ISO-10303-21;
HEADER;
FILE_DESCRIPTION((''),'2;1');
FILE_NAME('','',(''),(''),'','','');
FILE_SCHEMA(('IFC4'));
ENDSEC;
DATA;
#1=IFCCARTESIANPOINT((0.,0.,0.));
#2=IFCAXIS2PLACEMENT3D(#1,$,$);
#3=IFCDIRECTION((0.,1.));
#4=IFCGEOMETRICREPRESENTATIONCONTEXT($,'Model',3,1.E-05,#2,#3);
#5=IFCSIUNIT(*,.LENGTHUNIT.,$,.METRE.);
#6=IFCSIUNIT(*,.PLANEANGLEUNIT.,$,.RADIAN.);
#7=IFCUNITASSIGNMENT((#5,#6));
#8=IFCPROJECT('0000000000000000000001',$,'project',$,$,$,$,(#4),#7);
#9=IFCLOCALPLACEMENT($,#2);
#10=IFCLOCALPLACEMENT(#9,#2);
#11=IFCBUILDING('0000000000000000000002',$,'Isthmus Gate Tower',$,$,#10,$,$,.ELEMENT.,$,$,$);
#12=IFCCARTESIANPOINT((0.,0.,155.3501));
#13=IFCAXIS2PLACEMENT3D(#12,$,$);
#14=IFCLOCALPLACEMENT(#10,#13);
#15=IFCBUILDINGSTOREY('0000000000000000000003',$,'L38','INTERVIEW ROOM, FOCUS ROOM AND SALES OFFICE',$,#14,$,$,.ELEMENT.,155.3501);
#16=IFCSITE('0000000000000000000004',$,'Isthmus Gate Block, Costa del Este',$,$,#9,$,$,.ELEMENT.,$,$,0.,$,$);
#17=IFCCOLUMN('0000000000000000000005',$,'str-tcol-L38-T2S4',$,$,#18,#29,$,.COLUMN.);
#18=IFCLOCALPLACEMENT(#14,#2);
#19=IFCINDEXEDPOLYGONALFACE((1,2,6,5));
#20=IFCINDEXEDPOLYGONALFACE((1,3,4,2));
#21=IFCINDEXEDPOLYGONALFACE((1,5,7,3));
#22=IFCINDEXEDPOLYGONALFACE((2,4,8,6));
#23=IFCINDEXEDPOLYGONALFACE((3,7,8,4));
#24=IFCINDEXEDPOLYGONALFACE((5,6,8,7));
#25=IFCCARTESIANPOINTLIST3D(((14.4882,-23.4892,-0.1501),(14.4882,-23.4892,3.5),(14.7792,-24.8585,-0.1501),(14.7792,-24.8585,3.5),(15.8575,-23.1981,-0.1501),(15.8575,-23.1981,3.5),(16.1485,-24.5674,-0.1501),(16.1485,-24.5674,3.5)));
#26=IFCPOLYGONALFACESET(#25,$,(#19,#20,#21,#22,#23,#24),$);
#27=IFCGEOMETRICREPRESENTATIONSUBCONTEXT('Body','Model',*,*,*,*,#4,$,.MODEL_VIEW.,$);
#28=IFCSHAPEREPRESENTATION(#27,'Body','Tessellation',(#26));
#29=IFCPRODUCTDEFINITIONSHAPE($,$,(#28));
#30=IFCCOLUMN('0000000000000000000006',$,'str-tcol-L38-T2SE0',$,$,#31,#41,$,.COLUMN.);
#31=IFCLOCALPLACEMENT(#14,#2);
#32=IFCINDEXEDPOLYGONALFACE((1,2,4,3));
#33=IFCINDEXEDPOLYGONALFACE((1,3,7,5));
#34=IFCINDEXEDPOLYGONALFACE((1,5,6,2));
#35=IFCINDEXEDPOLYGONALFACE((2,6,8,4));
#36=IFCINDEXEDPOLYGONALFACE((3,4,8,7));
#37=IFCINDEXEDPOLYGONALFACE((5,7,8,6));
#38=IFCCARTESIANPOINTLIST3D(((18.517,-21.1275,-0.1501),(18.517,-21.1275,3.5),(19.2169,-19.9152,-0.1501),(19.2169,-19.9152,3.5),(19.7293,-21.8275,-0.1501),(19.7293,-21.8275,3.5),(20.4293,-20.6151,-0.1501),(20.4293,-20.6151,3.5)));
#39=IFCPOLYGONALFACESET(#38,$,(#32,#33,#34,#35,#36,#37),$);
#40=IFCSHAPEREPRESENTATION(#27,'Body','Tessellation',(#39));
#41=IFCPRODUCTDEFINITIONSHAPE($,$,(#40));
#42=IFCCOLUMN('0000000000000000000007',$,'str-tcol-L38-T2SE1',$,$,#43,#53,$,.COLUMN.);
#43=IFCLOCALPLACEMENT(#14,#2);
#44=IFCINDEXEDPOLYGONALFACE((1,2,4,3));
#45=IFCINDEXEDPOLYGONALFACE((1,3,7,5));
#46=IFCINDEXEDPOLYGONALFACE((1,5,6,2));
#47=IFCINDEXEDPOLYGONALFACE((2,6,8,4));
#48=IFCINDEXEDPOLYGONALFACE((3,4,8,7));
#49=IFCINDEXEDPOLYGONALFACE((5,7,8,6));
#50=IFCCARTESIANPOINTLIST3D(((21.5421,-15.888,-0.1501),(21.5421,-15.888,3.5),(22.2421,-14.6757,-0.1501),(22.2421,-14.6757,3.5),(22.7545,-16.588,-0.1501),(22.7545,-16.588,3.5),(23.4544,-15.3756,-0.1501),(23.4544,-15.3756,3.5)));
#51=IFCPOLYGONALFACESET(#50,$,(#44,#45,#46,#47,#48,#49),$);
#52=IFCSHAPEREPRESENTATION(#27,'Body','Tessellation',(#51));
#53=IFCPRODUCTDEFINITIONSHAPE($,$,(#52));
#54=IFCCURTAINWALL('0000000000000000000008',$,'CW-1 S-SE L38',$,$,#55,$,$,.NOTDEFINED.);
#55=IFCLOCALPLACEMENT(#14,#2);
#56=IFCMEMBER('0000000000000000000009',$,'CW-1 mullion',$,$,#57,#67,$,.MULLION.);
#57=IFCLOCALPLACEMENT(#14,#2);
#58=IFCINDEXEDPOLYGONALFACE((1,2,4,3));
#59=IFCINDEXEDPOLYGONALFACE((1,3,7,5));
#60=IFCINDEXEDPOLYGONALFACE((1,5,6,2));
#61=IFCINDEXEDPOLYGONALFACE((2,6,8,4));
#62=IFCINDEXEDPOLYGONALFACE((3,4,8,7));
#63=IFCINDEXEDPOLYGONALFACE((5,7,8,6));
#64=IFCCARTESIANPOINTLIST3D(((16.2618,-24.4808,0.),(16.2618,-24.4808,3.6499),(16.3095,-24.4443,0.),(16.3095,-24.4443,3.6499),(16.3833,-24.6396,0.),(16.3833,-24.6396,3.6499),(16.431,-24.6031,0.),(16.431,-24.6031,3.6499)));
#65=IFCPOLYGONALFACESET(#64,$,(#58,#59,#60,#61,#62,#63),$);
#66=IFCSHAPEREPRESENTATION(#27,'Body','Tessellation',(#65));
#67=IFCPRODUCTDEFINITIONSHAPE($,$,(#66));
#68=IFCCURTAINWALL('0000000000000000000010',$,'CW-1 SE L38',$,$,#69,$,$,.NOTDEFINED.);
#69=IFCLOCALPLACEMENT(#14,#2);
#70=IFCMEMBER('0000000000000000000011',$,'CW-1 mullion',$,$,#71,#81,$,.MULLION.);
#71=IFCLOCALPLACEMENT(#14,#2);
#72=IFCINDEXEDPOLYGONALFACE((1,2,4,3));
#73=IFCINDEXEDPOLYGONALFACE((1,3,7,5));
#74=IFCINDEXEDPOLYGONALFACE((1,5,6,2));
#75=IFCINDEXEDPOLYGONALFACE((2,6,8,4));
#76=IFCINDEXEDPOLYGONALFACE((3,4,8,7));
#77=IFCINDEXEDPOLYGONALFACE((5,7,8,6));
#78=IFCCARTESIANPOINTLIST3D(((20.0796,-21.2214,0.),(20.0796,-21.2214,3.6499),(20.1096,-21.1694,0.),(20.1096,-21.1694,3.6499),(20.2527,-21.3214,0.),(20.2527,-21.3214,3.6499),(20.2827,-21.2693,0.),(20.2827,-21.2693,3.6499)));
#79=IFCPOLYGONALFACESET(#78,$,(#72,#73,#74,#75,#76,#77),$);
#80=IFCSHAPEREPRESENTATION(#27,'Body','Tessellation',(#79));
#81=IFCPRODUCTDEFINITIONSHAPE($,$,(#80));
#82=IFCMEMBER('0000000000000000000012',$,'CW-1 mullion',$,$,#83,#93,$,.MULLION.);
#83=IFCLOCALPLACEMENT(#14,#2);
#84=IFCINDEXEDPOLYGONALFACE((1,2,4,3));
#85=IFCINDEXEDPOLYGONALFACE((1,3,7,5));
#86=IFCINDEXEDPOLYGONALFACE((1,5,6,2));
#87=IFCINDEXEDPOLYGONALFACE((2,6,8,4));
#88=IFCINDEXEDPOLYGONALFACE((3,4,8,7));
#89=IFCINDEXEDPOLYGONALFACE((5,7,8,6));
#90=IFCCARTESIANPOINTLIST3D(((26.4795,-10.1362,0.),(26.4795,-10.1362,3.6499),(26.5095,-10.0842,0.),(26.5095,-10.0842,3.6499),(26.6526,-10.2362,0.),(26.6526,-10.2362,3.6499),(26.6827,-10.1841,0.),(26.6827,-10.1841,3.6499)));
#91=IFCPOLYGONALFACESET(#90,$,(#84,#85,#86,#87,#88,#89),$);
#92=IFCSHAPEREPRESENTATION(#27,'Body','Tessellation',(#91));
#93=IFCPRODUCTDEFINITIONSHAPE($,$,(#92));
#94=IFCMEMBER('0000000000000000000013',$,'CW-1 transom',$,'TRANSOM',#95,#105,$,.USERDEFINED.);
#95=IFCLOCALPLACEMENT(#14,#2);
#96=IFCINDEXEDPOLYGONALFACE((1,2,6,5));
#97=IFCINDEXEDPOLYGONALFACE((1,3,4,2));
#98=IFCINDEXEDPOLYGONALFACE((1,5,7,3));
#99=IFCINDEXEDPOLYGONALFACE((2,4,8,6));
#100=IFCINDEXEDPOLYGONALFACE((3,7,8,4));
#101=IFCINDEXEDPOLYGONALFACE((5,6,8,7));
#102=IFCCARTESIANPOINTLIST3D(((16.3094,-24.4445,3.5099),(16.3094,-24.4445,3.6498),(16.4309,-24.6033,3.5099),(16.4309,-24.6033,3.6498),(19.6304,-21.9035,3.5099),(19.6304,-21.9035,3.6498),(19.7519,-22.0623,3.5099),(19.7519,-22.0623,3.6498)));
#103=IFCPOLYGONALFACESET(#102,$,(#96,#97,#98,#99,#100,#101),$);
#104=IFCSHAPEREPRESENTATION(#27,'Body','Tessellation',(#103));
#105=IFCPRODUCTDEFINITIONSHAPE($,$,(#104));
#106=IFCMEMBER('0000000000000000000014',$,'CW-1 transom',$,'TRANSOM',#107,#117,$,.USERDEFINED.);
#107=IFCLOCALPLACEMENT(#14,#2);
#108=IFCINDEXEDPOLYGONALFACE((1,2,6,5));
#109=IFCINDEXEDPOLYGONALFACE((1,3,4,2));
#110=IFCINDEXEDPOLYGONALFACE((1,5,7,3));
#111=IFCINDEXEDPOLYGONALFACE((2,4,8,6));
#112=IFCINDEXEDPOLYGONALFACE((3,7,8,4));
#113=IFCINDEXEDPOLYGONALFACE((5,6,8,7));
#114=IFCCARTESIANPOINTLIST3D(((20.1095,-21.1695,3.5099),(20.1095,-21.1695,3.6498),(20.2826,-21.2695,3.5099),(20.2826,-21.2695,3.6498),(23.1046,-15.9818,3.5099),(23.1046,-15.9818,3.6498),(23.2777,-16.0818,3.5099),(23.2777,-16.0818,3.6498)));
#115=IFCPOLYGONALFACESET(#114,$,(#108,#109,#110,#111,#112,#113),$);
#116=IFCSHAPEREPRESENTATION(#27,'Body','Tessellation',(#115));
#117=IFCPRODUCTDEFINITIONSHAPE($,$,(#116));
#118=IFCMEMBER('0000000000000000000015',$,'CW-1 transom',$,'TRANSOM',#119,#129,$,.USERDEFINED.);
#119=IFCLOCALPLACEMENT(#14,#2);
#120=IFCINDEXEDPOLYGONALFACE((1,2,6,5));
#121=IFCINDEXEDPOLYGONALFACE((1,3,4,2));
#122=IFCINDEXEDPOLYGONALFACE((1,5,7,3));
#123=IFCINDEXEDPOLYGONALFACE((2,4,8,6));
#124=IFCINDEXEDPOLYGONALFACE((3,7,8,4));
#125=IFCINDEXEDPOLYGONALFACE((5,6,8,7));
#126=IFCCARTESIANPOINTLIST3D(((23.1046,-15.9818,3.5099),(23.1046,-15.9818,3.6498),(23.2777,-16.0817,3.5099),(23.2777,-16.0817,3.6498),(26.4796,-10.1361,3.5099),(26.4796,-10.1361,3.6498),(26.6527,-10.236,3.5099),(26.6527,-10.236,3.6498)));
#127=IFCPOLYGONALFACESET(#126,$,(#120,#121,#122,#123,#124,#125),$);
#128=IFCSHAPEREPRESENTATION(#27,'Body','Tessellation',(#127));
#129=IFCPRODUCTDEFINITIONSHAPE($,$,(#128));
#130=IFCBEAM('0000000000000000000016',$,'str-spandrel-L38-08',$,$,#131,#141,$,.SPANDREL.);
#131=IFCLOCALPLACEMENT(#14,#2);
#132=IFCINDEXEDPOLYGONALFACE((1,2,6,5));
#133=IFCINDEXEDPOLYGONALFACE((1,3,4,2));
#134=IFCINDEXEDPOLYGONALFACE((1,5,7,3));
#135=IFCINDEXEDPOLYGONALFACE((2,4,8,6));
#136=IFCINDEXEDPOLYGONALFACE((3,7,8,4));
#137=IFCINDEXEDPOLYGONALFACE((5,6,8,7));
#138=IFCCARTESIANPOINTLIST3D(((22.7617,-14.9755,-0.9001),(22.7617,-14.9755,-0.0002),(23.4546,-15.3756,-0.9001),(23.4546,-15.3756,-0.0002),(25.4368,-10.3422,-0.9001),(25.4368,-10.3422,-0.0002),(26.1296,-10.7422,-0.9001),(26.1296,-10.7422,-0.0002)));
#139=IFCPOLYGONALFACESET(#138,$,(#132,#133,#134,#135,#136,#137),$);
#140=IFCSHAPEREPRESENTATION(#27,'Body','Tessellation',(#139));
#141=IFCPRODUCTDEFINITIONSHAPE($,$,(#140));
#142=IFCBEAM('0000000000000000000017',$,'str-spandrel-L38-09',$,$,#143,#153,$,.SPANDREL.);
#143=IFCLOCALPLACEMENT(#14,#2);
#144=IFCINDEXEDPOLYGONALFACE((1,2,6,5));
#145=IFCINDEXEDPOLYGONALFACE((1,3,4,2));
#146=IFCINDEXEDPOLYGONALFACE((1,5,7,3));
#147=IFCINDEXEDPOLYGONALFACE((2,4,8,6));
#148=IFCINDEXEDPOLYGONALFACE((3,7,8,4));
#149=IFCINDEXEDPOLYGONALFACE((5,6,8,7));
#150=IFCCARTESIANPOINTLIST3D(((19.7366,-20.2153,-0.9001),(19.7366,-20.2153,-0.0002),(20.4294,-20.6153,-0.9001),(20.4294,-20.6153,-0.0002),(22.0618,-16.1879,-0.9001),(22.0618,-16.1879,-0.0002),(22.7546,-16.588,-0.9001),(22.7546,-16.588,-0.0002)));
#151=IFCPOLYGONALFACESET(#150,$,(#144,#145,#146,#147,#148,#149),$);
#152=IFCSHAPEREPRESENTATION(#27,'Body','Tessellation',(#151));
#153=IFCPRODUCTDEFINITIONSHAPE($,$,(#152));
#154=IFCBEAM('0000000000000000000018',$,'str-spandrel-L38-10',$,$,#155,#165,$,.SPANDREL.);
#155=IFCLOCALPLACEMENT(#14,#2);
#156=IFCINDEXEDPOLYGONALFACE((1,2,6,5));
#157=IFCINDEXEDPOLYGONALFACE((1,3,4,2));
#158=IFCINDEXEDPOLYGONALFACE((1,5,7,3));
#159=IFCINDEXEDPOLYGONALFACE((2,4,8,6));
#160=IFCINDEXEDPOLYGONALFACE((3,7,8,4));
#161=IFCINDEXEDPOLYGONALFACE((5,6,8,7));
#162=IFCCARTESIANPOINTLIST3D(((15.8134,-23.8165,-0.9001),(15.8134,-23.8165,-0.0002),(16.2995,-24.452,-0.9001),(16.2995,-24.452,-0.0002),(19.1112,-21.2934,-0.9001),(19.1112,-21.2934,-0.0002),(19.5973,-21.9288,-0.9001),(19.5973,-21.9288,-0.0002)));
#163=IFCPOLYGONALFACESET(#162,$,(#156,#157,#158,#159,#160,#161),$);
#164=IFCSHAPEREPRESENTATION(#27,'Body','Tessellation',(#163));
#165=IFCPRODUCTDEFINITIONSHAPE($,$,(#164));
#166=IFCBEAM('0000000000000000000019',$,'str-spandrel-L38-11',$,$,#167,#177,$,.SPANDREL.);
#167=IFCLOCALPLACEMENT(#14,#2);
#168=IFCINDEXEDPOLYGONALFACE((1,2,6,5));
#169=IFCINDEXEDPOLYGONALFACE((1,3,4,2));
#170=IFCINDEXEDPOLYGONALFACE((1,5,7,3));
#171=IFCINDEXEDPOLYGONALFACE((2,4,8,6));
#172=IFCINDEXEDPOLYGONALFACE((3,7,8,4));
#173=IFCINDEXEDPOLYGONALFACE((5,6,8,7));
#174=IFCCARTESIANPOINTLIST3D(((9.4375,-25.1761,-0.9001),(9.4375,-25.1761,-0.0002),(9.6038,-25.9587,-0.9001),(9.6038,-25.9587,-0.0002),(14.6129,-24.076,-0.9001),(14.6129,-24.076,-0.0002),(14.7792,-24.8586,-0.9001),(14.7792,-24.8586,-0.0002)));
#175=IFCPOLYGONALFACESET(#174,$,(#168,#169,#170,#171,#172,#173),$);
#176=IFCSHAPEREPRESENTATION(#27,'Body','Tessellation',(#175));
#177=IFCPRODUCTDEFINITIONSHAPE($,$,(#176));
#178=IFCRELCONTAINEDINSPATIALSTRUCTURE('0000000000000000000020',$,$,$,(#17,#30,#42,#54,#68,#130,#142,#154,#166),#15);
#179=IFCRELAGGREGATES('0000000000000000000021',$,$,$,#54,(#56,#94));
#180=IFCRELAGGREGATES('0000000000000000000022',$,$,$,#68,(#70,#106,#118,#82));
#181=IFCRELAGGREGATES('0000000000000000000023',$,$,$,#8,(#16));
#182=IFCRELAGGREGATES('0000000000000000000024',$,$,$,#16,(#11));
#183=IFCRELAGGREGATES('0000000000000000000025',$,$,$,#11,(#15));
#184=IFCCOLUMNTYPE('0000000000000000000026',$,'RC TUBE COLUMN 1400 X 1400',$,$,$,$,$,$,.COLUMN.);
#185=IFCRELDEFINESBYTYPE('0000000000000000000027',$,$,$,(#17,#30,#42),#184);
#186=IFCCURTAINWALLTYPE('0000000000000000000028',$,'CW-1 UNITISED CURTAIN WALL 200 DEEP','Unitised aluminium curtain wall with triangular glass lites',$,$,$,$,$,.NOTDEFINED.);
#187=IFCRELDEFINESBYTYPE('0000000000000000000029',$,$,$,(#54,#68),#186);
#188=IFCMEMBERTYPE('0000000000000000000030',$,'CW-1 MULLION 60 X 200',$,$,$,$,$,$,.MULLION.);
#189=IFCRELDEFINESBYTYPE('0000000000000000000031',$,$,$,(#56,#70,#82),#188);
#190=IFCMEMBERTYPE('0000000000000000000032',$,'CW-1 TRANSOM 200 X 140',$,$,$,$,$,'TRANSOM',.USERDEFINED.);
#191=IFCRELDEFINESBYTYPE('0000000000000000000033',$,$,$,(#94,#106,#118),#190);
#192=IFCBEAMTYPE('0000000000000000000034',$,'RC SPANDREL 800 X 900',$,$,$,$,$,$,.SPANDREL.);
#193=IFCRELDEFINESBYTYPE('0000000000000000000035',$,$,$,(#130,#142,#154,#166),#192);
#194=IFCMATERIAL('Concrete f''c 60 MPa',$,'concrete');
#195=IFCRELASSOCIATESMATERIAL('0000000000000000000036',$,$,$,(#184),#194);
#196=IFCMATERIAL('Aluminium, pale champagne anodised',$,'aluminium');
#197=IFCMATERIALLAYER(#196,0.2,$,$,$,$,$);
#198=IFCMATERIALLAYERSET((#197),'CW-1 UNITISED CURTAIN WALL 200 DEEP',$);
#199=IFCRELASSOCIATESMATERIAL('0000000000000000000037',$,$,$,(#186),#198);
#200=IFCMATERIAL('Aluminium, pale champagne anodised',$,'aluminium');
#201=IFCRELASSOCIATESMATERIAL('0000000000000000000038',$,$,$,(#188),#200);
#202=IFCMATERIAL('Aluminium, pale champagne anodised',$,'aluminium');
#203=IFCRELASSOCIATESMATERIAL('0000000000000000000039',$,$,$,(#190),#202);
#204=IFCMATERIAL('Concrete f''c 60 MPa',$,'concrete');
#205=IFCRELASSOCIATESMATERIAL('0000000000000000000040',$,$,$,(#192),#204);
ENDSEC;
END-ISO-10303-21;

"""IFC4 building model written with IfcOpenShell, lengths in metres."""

from ifc_helpers import new_model, si_unit, direction, frame, origin, origin_2d, place, context, subcontext, project, spatial, rectangle, extrude, material, layer, layer_set, material_profile, profile_set, type_object, element, aggregate, save


model = new_model("IFC4")

# Units and contexts
model_context = context("Model", 3, precision=1e-05, world=origin(), true_north=direction((0.0, 1.0)))
body_context = subcontext(model_context, "Body", "Model", "MODEL_VIEW")
ifc_project = project(units=[si_unit("LENGTHUNIT", "METRE"), si_unit("PLANEANGLEUNIT", "RADIAN")], contexts=[model_context])

# Site, building, storey
site_placement = place(None, origin())
site = spatial("IfcSite", under=ifc_project, at=site_placement, Name="Isthmus Gate Block, Costa del Este", CompositionType="ELEMENT", RefElevation=0.0)
building_placement = place(site_placement, origin())
building = spatial("IfcBuilding", under=site, at=building_placement, Name="Isthmus Gate Tower", CompositionType="ELEMENT")
storey_placement = place(building_placement, frame((0.0, 0.0, 155.3501)))
storey = spatial("IfcBuildingStorey", under=building, at=storey_placement, Name="L38", Description="INTERVIEW ROOM, FOCUS ROOM AND SALES OFFICE", CompositionType="ELEMENT", Elevation=155.3501)

# Columns
ifc_material_1 = material(Name="Concrete f'c 60 MPa", Category="concrete")
ifc_material_profile_1 = material_profile(ifc_material_1, rectangle(XDim=1.3999, YDim=1.3999, at=origin_2d()), Name="RC 1400X1400")
ifc_profile_set_1 = profile_set([ifc_material_profile_1], Name="Concrete f'c 60 MPa")
column_type = type_object("IfcColumnType", Name="RC TUBE COLUMN 1400 X 1400", PredefinedType="COLUMN", material=ifc_profile_set_1)
for number, where, z_axis, x_axis, name in (
    (1, (15.3184, -24.0283, -0.1501), (0.0, 0.0, 1.0), (0.978148, 0.207912, 0.0), "str-tcol-L38-T2S4"),
    (2, (19.4731, -20.8713, -0.1501), (0.0, 0.0, 1.0), (0.5, 0.866025, 0.0), "str-tcol-L38-T2SE0"),
    (3, (22.4983, -15.6318, -0.1501), (0.0, 0.0, 1.0), (0.5, 0.866025, 0.0), "str-tcol-L38-T2SE1"),
):
    element("IfcColumn", number, at=place(storey_placement, frame(where, z_axis=z_axis, x_axis=x_axis)), inside=storey, type_object=column_type, Name=name, PredefinedType="COLUMN", context=body_context, shape_type="SweptSolid", body=[
        extrude(rectangle(XDim=1.3999, YDim=1.3999, at=origin_2d()), origin(), (0.0, 0.0, 1.0), 3.6501),
    ])

# Curtain wall, member
ifc_material_2 = material(Name="Aluminium, pale champagne anodised", Category="aluminium")
ifc_layer_1 = layer(ifc_material_2, 0.2)
ifc_layer_set_1 = layer_set([ifc_layer_1], Name="CW-1 UNITISED CURTAIN WALL 200 DEEP")
curtain_wall_type = type_object("IfcCurtainWallType", Name="CW-1 UNITISED CURTAIN WALL 200 DEEP", Description="Unitised aluminium curtain wall with triangular glass lites", PredefinedType="NOTDEFINED", material=ifc_layer_set_1)
curtain_wall_1_placement = place(storey_placement, origin())
curtain_wall_1 = element("IfcCurtainWall", 4, at=curtain_wall_1_placement, inside=storey, type_object=curtain_wall_type, Name="CW-1 S-SE L38", PredefinedType="NOTDEFINED")
ifc_material_3 = material(Name="Aluminium, pale champagne anodised", Category="aluminium")
ifc_material_profile_2 = material_profile(ifc_material_3, rectangle(XDim=0.0601, YDim=0.2, at=origin_2d()), Name="60x200")
ifc_profile_set_2 = profile_set([ifc_material_profile_2], Name="Aluminium, pale champagne anodised")
member_type_1 = type_object("IfcMemberType", Name="CW-1 MULLION 60 X 200", PredefinedType="MULLION", material=ifc_profile_set_2)
member_1_placement = place(storey_placement, frame((16.3464, -24.542, 0.0), z_axis=(0.0, 0.0, 1.0), x_axis=(0.794189, 0.607671, 0.0)))
member_1 = element("IfcMember", 5, at=member_1_placement, type_object=member_type_1, Name="CW-1 mullion", PredefinedType="MULLION", context=body_context, shape_type="SweptSolid", body=[
    extrude(rectangle(XDim=0.0601, YDim=0.2, at=origin_2d()), origin(), (0.0, 0.0, 1.0), 3.6499),
])

# Curtain wall, members
curtain_wall_2_placement = place(storey_placement, origin())
curtain_wall_2 = element("IfcCurtainWall", 6, at=curtain_wall_2_placement, inside=storey, type_object=curtain_wall_type, Name="CW-1 SE L38", PredefinedType="NOTDEFINED")
member_2_placement = place(storey_placement, frame((20.1812, -21.2454, 0.0), z_axis=(0.0, 0.0, 1.0), x_axis=(0.5, 0.866025, 0.0)))
member_2 = element("IfcMember", 7, at=member_2_placement, type_object=member_type_1, Name="CW-1 mullion", PredefinedType="MULLION", context=body_context, shape_type="SweptSolid", body=[
    extrude(rectangle(XDim=0.0601, YDim=0.2, at=origin_2d()), origin(), (0.0, 0.0, 1.0), 3.6499),
])
member_3_placement = place(storey_placement, frame((26.5811, -10.1602, 0.0), z_axis=(0.0, 0.0, 1.0), x_axis=(0.5, 0.866025, 0.0)))
member_3 = element("IfcMember", 8, at=member_3_placement, type_object=member_type_1, Name="CW-1 mullion", PredefinedType="MULLION", context=body_context, shape_type="SweptSolid", body=[
    extrude(rectangle(XDim=0.0601, YDim=0.2, at=origin_2d()), origin(), (0.0, 0.0, 1.0), 3.6499),
])

# Members
ifc_material_4 = material(Name="Aluminium, pale champagne anodised", Category="aluminium")
ifc_material_profile_3 = material_profile(ifc_material_4, rectangle(XDim=0.2, YDim=0.1399, at=origin_2d()), Name="200x140")
ifc_profile_set_3 = profile_set([ifc_material_profile_3], Name="Aluminium, pale champagne anodised")
member_type_2 = type_object("IfcMemberType", Name="CW-1 TRANSOM 200 X 140", ElementType="TRANSOM", PredefinedType="USERDEFINED", material=ifc_profile_set_3)
member_4_placement = place(storey_placement, frame((16.3701, -24.5239, 3.5798), z_axis=(0.794197, 0.60766, 0.0), x_axis=(-0.60766, 0.794197, 0.0)))
member_4 = element("IfcMember", 9, at=member_4_placement, type_object=member_type_2, Name="CW-1 transom", ObjectType="TRANSOM", PredefinedType="USERDEFINED", context=body_context, shape_type="SweptSolid", body=[
    extrude(rectangle(XDim=0.2, YDim=0.1399, at=origin_2d()), origin(), (0.0, 0.0, 1.0), 4.1816),
])
member_5_placement = place(storey_placement, frame((20.196, -21.2195, 3.5798), z_axis=(0.499996, 0.866027, 0.0), x_axis=(-0.866027, 0.499996, 0.0)))
member_5 = element("IfcMember", 10, at=member_5_placement, type_object=member_type_2, Name="CW-1 transom", ObjectType="TRANSOM", PredefinedType="USERDEFINED", context=body_context, shape_type="SweptSolid", body=[
    extrude(rectangle(XDim=0.2, YDim=0.1399, at=origin_2d()), origin(), (0.0, 0.0, 1.0), 5.9902),
])
member_6_placement = place(storey_placement, frame((23.1912, -16.0317, 3.5798), z_axis=(0.499998, 0.866027, 0.0), x_axis=(-0.866027, 0.499998, 0.0)))
member_6 = element("IfcMember", 11, at=member_6_placement, type_object=member_type_2, Name="CW-1 transom", ObjectType="TRANSOM", PredefinedType="USERDEFINED", context=body_context, shape_type="SweptSolid", body=[
    extrude(rectangle(XDim=0.2, YDim=0.1399, at=origin_2d()), origin(), (0.0, 0.0, 1.0), 6.75),
])

# Beams
ifc_material_5 = material(Name="Concrete f'c 60 MPa", Category="concrete")
ifc_material_profile_4 = material_profile(ifc_material_5, rectangle(XDim=0.8, YDim=0.8999, at=origin_2d()), Name="RC 800X900")
ifc_profile_set_4 = profile_set([ifc_material_profile_4], Name="Concrete f'c 60 MPa")
beam_type_1 = type_object("IfcBeamType", Name="RC SPANDREL 800 X 900", PredefinedType="SPANDREL", material=ifc_profile_set_4)
beam_1_placement = place(storey_placement, frame((25.7832, -10.5422, -0.4502), z_axis=(-0.500002, -0.866024, 0.0), x_axis=(0.866024, -0.500002, 0.0)))
element("IfcBeam", 12, at=beam_1_placement, inside=storey, type_object=beam_type_1, Name="str-spandrel-L38-08", PredefinedType="SPANDREL", context=body_context, shape_type="SweptSolid", body=[
    extrude(rectangle(XDim=0.8, YDim=0.8999, at=origin_2d()), origin(), (0.0, 0.0, 1.0), 5.3501),
])
beam_2_placement = place(storey_placement, frame((22.4082, -16.3879, -0.4502), z_axis=(-0.500001, -0.866025, 0.0), x_axis=(0.866025, -0.500001, 0.0)))
element("IfcBeam", 13, at=beam_2_placement, inside=storey, type_object=beam_type_1, Name="str-spandrel-L38-09", PredefinedType="SPANDREL", context=body_context, shape_type="SweptSolid", body=[
    extrude(rectangle(XDim=0.8, YDim=0.8999, at=origin_2d()), origin(), (0.0, 0.0, 1.0), 4.6504),
])
beam_3_placement = place(storey_placement, frame((19.3542, -21.6111, -0.4502), z_axis=(-0.794206, -0.607649, 0.0), x_axis=(0.607649, -0.794206, 0.0)))
element("IfcBeam", 14, at=beam_3_placement, inside=storey, type_object=beam_type_1, Name="str-spandrel-L38-10", PredefinedType="SPANDREL", context=body_context, shape_type="SweptSolid", body=[
    extrude(rectangle(XDim=0.8, YDim=0.8999, at=origin_2d()), origin(), (0.0, 0.0, 1.0), 4.1523),
])
beam_4_placement = place(storey_placement, frame((14.696, -24.4673, -0.4502), z_axis=(-0.978145, -0.207922, 0.0), x_axis=(0.207922, -0.978145, 0.0)))
element("IfcBeam", 15, at=beam_4_placement, inside=storey, type_object=beam_type_1, Name="str-spandrel-L38-11", PredefinedType="SPANDREL", context=body_context, shape_type="SweptSolid", body=[
    extrude(rectangle(XDim=0.8, YDim=0.8999, at=origin_2d()), origin(), (0.0, 0.0, 1.0), 5.291),
])

aggregate(curtain_wall_1, [member_1, member_4])
aggregate(curtain_wall_2, [member_2, member_5, member_6, member_3])

save(model, "model.ifc")
